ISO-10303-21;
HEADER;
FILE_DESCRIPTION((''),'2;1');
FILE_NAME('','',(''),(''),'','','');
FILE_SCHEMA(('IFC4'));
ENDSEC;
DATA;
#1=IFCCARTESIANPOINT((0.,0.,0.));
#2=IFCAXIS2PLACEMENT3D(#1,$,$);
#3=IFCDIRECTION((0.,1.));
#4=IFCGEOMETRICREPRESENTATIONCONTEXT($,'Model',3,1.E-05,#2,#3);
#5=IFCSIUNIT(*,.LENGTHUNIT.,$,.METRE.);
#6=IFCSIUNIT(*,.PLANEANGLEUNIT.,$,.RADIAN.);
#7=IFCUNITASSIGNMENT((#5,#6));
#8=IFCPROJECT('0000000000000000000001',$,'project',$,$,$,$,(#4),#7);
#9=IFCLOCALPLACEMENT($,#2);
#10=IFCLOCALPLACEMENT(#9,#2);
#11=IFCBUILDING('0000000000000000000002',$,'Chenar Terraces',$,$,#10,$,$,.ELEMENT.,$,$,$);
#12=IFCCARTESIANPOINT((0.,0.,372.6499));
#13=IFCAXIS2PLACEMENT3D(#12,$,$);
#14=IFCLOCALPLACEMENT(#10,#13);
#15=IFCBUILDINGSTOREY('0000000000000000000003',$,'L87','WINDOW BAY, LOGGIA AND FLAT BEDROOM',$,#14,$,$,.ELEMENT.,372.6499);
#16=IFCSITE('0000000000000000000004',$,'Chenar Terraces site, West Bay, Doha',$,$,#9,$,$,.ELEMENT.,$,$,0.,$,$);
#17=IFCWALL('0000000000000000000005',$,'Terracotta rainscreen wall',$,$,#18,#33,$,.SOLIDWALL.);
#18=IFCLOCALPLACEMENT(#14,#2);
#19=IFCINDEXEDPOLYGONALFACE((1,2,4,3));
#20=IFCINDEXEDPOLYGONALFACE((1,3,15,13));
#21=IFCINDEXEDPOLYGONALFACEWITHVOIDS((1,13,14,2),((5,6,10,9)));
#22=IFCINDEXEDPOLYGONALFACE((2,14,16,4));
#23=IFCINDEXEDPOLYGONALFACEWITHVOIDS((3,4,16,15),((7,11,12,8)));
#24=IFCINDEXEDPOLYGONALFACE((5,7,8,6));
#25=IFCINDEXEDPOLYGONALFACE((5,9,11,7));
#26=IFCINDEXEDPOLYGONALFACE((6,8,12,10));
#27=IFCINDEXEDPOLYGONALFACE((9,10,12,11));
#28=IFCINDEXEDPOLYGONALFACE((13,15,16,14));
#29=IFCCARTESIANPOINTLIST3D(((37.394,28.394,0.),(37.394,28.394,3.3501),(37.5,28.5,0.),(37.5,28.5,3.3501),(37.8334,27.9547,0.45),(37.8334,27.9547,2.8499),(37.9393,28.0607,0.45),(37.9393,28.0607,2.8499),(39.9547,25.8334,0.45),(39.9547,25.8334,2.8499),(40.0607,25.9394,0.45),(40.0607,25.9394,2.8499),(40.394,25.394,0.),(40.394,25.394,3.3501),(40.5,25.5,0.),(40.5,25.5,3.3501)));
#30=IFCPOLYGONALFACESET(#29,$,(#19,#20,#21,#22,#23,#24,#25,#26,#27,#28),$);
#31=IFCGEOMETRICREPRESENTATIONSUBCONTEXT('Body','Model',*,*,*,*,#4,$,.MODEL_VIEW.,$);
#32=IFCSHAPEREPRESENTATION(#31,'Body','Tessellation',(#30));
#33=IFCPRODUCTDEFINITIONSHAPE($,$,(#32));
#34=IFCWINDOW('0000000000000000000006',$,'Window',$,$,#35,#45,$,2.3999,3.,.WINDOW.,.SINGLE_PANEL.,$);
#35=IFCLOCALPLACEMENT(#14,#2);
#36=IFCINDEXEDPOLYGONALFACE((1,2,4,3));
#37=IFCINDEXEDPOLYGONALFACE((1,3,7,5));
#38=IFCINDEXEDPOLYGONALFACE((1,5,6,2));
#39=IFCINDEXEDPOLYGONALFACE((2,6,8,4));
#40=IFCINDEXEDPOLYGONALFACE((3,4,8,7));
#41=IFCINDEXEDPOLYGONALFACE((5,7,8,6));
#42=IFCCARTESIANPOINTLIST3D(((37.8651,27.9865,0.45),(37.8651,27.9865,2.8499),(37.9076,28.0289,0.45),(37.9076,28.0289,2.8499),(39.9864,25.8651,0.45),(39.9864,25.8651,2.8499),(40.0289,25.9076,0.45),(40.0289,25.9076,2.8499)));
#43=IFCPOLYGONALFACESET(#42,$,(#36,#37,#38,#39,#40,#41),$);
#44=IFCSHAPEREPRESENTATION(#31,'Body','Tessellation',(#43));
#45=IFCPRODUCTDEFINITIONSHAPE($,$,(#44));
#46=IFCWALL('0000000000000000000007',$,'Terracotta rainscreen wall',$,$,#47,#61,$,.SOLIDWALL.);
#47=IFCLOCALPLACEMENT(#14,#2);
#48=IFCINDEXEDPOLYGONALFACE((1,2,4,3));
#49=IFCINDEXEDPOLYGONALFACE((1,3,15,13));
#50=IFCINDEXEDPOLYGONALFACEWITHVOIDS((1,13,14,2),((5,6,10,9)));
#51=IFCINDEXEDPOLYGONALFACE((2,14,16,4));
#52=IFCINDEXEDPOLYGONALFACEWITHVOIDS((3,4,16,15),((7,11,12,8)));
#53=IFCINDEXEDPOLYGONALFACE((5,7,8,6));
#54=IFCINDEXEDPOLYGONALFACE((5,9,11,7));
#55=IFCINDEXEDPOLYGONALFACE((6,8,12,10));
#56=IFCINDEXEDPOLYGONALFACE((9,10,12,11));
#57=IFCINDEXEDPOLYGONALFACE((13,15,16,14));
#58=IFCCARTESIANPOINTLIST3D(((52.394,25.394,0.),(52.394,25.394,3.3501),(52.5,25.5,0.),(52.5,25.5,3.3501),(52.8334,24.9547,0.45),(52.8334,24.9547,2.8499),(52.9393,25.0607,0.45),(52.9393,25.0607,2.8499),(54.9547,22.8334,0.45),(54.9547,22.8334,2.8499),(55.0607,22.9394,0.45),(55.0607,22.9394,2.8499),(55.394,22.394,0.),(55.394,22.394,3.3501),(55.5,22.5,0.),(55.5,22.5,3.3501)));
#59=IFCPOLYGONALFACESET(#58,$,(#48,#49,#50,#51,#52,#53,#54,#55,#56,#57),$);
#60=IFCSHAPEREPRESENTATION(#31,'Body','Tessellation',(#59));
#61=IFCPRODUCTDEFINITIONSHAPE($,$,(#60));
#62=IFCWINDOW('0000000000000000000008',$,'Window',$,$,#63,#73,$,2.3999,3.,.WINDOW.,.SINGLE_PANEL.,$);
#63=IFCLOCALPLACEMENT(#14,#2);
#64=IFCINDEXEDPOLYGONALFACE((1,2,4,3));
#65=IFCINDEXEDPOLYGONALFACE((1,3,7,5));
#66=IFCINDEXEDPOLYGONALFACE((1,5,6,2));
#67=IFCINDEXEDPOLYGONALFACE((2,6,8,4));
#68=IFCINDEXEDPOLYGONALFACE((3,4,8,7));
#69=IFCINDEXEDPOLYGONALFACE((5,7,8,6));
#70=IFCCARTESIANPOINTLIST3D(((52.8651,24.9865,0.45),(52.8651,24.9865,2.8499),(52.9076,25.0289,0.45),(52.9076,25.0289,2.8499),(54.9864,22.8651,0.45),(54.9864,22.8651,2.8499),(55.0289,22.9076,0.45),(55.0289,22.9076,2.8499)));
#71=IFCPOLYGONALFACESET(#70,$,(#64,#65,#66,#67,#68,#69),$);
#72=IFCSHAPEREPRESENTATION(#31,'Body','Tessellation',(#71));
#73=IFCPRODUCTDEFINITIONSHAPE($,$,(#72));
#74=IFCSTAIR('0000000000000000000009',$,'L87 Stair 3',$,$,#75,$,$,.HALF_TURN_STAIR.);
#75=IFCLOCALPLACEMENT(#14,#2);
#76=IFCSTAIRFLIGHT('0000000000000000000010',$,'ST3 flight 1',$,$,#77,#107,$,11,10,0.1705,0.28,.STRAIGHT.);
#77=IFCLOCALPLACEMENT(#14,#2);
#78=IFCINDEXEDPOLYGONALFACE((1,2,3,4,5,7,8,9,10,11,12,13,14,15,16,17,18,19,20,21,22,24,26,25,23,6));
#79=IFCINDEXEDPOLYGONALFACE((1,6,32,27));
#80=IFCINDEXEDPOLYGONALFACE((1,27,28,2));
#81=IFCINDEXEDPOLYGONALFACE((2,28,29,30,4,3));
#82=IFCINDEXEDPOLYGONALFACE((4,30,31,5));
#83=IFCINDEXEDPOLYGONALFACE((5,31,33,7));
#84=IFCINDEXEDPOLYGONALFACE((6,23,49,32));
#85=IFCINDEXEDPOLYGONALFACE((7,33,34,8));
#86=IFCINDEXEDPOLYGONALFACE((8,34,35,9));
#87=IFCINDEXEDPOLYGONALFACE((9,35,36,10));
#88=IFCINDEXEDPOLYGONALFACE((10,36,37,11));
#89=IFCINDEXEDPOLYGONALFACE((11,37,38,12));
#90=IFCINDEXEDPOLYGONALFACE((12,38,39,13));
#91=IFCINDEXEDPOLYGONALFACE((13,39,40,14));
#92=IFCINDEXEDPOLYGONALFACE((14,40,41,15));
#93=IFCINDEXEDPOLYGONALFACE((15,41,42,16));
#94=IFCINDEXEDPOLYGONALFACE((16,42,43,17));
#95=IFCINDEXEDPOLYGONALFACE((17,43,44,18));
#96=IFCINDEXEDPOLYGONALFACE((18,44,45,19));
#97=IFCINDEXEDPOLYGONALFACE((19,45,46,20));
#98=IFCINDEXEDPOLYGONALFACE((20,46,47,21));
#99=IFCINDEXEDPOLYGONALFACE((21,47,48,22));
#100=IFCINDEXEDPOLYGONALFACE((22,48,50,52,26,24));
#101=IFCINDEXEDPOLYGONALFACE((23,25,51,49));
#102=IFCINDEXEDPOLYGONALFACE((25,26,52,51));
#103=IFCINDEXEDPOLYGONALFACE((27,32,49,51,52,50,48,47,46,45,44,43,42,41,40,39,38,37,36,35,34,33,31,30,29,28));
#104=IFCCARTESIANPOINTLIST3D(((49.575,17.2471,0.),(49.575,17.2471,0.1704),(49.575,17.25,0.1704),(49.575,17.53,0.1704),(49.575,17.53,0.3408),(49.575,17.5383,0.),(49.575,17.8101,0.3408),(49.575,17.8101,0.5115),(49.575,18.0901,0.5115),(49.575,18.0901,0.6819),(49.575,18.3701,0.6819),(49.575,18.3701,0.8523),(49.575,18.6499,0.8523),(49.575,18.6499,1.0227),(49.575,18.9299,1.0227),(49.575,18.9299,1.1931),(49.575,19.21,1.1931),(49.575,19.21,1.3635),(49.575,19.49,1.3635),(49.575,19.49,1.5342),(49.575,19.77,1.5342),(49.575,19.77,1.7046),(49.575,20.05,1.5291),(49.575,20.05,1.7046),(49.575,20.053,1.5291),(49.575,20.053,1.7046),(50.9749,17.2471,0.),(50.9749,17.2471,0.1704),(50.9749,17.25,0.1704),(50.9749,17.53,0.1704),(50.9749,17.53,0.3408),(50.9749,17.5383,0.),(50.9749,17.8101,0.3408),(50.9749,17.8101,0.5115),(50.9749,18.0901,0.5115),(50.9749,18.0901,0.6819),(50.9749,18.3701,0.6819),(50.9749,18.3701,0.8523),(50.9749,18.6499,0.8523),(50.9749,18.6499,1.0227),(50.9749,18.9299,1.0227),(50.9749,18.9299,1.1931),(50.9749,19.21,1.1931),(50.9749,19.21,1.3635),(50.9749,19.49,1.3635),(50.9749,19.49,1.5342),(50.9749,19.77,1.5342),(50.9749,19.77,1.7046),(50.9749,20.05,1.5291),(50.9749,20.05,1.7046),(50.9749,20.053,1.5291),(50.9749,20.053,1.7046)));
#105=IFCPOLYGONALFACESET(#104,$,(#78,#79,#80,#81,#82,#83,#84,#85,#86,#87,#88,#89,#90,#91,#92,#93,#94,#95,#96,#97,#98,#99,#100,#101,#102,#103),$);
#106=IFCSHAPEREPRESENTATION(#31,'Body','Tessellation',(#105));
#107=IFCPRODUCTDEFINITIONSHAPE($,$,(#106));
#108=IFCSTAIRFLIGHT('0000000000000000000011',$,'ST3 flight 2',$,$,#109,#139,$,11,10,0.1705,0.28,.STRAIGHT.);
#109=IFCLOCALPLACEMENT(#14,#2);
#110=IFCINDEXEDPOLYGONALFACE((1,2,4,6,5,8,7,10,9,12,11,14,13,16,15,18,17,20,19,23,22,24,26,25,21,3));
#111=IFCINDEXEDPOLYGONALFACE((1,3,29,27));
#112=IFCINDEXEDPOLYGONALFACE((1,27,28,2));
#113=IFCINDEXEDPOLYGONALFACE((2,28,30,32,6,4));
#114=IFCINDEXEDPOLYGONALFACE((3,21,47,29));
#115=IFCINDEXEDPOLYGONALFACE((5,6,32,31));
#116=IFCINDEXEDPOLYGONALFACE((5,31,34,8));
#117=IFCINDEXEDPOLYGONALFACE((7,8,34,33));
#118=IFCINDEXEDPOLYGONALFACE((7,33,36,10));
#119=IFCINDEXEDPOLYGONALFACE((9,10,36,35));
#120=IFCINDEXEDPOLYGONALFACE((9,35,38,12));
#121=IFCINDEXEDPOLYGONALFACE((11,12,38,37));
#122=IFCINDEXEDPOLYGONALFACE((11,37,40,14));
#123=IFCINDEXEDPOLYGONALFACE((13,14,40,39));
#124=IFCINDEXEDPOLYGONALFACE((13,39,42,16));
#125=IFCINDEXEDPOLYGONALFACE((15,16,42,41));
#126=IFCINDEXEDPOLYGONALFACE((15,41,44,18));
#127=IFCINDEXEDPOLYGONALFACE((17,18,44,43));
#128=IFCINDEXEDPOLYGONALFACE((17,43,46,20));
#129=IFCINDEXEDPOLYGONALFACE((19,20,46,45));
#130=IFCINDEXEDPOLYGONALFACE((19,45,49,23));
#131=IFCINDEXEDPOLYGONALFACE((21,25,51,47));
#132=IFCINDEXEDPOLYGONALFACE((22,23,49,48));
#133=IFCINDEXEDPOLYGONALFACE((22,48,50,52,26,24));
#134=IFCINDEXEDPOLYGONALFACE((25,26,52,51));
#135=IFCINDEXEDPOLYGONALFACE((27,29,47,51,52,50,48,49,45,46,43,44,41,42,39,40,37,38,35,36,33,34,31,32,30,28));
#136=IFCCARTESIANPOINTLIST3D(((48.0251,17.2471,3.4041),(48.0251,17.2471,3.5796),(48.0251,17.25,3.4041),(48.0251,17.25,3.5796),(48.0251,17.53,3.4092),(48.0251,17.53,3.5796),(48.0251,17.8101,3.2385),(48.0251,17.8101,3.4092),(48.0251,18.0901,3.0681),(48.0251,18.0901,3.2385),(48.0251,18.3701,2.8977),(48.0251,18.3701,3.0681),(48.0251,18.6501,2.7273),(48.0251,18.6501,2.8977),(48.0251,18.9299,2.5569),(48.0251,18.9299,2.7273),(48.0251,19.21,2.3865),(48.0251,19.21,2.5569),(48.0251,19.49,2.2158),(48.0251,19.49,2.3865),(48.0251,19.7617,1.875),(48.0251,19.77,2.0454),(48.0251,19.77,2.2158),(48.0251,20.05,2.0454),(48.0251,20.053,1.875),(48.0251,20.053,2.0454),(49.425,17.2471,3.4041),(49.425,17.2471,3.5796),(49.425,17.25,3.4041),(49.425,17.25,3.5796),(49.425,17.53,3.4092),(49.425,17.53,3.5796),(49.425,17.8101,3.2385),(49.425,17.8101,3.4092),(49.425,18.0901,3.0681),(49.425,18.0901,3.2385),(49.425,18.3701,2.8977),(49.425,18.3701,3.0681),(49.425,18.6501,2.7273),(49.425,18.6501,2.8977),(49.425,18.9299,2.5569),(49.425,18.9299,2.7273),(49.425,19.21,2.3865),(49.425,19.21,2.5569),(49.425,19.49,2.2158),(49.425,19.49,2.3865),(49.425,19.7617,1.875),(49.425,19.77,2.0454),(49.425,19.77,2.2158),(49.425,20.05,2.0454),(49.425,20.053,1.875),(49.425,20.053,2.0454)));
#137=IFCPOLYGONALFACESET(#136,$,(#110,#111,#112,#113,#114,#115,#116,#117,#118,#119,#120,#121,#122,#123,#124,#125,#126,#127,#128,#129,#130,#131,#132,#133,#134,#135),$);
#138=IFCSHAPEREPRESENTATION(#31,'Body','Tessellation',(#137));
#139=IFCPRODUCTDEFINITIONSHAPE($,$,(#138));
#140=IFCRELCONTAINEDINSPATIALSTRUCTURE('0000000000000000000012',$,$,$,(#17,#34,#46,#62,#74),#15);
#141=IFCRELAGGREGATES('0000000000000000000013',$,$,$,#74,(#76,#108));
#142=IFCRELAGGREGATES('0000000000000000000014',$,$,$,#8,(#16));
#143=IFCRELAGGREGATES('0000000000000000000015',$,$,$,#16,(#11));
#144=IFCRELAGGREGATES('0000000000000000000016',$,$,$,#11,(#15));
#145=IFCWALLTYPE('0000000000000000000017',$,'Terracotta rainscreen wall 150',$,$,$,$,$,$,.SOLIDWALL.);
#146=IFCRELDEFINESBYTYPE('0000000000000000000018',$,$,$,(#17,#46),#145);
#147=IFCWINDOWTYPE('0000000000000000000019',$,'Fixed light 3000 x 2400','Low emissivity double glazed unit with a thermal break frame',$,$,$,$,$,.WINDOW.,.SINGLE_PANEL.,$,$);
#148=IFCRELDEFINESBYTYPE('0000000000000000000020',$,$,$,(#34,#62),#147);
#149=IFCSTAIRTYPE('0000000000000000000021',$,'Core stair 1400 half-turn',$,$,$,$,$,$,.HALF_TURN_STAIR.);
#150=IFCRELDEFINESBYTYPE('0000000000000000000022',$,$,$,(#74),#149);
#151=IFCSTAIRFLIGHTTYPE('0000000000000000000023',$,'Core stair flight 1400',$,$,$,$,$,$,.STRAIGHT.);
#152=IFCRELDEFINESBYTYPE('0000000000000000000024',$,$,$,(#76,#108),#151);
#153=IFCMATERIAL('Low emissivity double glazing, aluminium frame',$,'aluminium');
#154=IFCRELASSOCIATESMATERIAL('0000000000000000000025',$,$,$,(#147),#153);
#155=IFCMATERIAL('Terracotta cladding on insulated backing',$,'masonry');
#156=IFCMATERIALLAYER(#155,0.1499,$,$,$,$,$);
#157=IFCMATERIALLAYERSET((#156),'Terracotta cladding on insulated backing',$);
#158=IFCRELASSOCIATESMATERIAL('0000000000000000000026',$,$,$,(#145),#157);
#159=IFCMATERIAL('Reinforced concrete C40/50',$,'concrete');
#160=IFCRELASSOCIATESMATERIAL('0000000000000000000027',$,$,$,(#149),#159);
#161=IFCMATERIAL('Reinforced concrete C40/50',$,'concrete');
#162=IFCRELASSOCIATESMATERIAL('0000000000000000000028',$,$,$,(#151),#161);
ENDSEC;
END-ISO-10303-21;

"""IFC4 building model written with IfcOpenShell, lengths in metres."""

from ifc_helpers import new_model, si_unit, direction, frame, frame_2d, origin, place, context, subcontext, project, spatial, polyline, rectangle, outline, extrude, material, layer, layer_set, type_object, element, fill, aggregate, save


model = new_model("IFC4")

# Units and contexts
model_context = context("Model", 3, precision=1e-05, world=origin(), true_north=direction((0.0, 1.0)))
body_context = subcontext(model_context, "Body", "Model", "MODEL_VIEW")
ifc_project = project(units=[si_unit("LENGTHUNIT", "METRE"), si_unit("PLANEANGLEUNIT", "RADIAN")], contexts=[model_context])

# Site, building, storey
site_placement = place(None, origin())
site = spatial("IfcSite", under=ifc_project, at=site_placement, Name="Chenar Terraces site, West Bay, Doha", CompositionType="ELEMENT", RefElevation=0.0)
building_placement = place(site_placement, origin())
building = spatial("IfcBuilding", under=site, at=building_placement, Name="Chenar Terraces", CompositionType="ELEMENT")
storey_placement = place(building_placement, frame((0.0, 0.0, 372.6499)))
storey = spatial("IfcBuildingStorey", under=building, at=storey_placement, Name="L87", Description="WINDOW BAY, LOGGIA AND FLAT BEDROOM", CompositionType="ELEMENT", Elevation=372.6499)

# Shared definitions
placement = place(storey_placement, origin())

# Shared definitions
ifc_material_1 = material(Name="Low emissivity double glazing, aluminium frame", Category="aluminium")
window_type_1 = type_object("IfcWindowType", Name="Fixed light 3000 x 2400", Description="Low emissivity double glazed unit with a thermal break frame", PartitioningType="SINGLE_PANEL", PredefinedType="WINDOW", material=ifc_material_1)

# Walls, openings, windows
ifc_material_2 = material(Name="Terracotta cladding on insulated backing", Category="masonry")
ifc_layer_1 = layer(ifc_material_2, 0.1499)
ifc_layer_set_1 = layer_set([ifc_layer_1], Name="Terracotta cladding on insulated backing")
wall_type_1 = type_object("IfcWallType", Name="Terracotta rainscreen wall 150", PredefinedType="SOLIDWALL", material=ifc_layer_set_1)
wall_1_placement = place(storey_placement, frame((40.447, 25.447, 0.0), z_axis=(0.0, 0.0, 1.0), x_axis=(-0.707107, 0.707107, 0.0)))
wall_1 = element("IfcWall", 1, at=wall_1_placement, inside=storey, type_object=wall_type_1, Name="Terracotta rainscreen wall", PredefinedType="SOLIDWALL", context=body_context, shape_type="SweptSolid", body=[
    extrude(rectangle(XDim=4.2427, YDim=0.1499, at=frame_2d((2.1213, 0.0))), origin(), (0.0, 0.0, 1.0), 3.3501),
])
opening_1_placement = place(wall_1_placement, frame((0.6213, 0.0, 0.45)))
opening_1 = element("IfcOpeningElement", 2, at=opening_1_placement, cuts=wall_1, PredefinedType="OPENING", context=body_context, shape_type="SweptSolid", body=[
    extrude(rectangle(XDim=3.0, YDim=2.3999, at=frame_2d((1.5, 1.2))), frame((0.0, 0.085, 0.0), z_axis=(0.0, -1.0, 0.0), x_axis=(1.0, 0.0, 0.0)), (0.0, 0.0, 1.0), 0.1699),
])
window_1_placement = place(opening_1_placement, origin())
window_1 = element("IfcWindow", 3, at=window_1_placement, inside=storey, type_object=window_type_1, Name="Window", OverallHeight=2.3999, OverallWidth=3.0, PartitioningType="SINGLE_PANEL", PredefinedType="WINDOW", context=body_context, shape_type="SweptSolid", body=[
    extrude(rectangle(XDim=3.0, YDim=2.3999, at=frame_2d((1.5, 1.2))), frame((0.0, 0.03, 0.0), z_axis=(0.0, -1.0, 0.0), x_axis=(1.0, 0.0, 0.0)), (0.0, 0.0, 1.0), 0.0601),
])
fill(opening_1, window_1)
wall_2_placement = place(storey_placement, frame((55.447, 22.447, 0.0), z_axis=(0.0, 0.0, 1.0), x_axis=(-0.707107, 0.707107, 0.0)))
wall_2 = element("IfcWall", 4, at=wall_2_placement, inside=storey, type_object=wall_type_1, Name="Terracotta rainscreen wall", PredefinedType="SOLIDWALL", context=body_context, shape_type="SweptSolid", body=[
    extrude(rectangle(XDim=4.2427, YDim=0.1499, at=frame_2d((2.1213, 0.0))), origin(), (0.0, 0.0, 1.0), 3.3501),
])
opening_2_placement = place(wall_2_placement, frame((0.6213, 0.0, 0.45)))
opening_2 = element("IfcOpeningElement", 5, at=opening_2_placement, cuts=wall_2, PredefinedType="OPENING", context=body_context, shape_type="SweptSolid", body=[
    extrude(rectangle(XDim=3.0, YDim=2.3999, at=frame_2d((1.5, 1.2))), frame((0.0, 0.085, 0.0), z_axis=(0.0, -1.0, 0.0), x_axis=(1.0, 0.0, 0.0)), (0.0, 0.0, 1.0), 0.1699),
])
window_2_placement = place(opening_2_placement, origin())
window_2 = element("IfcWindow", 6, at=window_2_placement, inside=storey, type_object=window_type_1, Name="Window", OverallHeight=2.3999, OverallWidth=3.0, PartitioningType="SINGLE_PANEL", PredefinedType="WINDOW", context=body_context, shape_type="SweptSolid", body=[
    extrude(rectangle(XDim=3.0, YDim=2.3999, at=frame_2d((1.5, 1.2))), frame((0.0, 0.03, 0.0), z_axis=(0.0, -1.0, 0.0), x_axis=(1.0, 0.0, 0.0)), (0.0, 0.0, 1.0), 0.0601),
])
fill(opening_2, window_2)

# Stair, stair flights
ifc_material_3 = material(Name="Reinforced concrete C40/50", Category="concrete")
stair_type = type_object("IfcStairType", Name="Core stair 1400 half-turn", PredefinedType="HALF_TURN_STAIR", material=ifc_material_3)
stair = element("IfcStair", 7, at=placement, inside=storey, type_object=stair_type, Name="L87 Stair 3", PredefinedType="HALF_TURN_STAIR")
ifc_material_4 = material(Name="Reinforced concrete C40/50", Category="concrete")
stair_flight_type = type_object("IfcStairFlightType", Name="Core stair flight 1400", PredefinedType="STRAIGHT", material=ifc_material_4)
stair_flight_1_placement = place(storey_placement, frame((50.2749, 17.25, 0.0), z_axis=(0.0, 0.0, 1.0), x_axis=(0.0, 1.0, 0.0)))
stair_flight_1 = element("IfcStairFlight", 8, at=stair_flight_1_placement, type_object=stair_flight_type, Name="ST3 flight 1", NumberOfRisers=11, NumberOfTreads=10, PredefinedType="STRAIGHT", RiserHeight=0.1705, TreadLength=0.28, context=body_context, shape_type="SweptSolid", body=[
    extrude(outline(polyline([(-0.0029, 0.0), (-0.0029, 0.1704), (0.0, 0.1704), (0.28, 0.1704), (0.28, 0.3408), (0.5601, 0.3408), (0.5601, 0.5115), (0.8401, 0.5115), (0.8401, 0.6819), (1.1201, 0.6819), (1.1201, 0.8523), (1.3999, 0.8523), (1.3999, 1.0227), (1.6799, 1.0227), (1.6799, 1.1931), (1.96, 1.1931), (1.96, 1.3635), (2.24, 1.3635), (2.24, 1.5342), (2.52, 1.5342), (2.52, 1.7046), (2.8, 1.7046), (2.803, 1.7046), (2.803, 1.5291), (2.8, 1.5291), (0.2883, 0.0), (-0.0029, 0.0)])), frame((0.0, 0.7, 0.0), z_axis=(0.0, -1.0, 0.0), x_axis=(1.0, 0.0, 0.0)), (0.0, 0.0, 1.0), 1.3999),
])
stair_flight_2_placement = place(storey_placement, frame((48.7251, 20.05, 1.875), z_axis=(0.0, 0.0, 1.0), x_axis=(0.0, -1.0, 0.0)))
stair_flight_2 = element("IfcStairFlight", 9, at=stair_flight_2_placement, type_object=stair_flight_type, Name="ST3 flight 2", NumberOfRisers=11, NumberOfTreads=10, PredefinedType="STRAIGHT", RiserHeight=0.1705, TreadLength=0.28, context=body_context, shape_type="SweptSolid", body=[
    extrude(outline(polyline([(-0.0029, 0.0), (-0.0029, 0.1704), (0.0, 0.1704), (0.28, 0.1704), (0.28, 0.3408), (0.5601, 0.3408), (0.5601, 0.5115), (0.8401, 0.5115), (0.8401, 0.6819), (1.1201, 0.6819), (1.1201, 0.8523), (1.3999, 0.8523), (1.3999, 1.0227), (1.6799, 1.0227), (1.6799, 1.1931), (1.96, 1.1931), (1.96, 1.3635), (2.24, 1.3635), (2.24, 1.5342), (2.52, 1.5342), (2.52, 1.7046), (2.8, 1.7046), (2.803, 1.7046), (2.803, 1.5291), (2.8, 1.5291), (0.2883, 0.0), (-0.0029, 0.0)])), frame((0.0, 0.7, 0.0), z_axis=(0.0, -1.0, 0.0), x_axis=(1.0, 0.0, 0.0)), (0.0, 0.0, 1.0), 1.3999),
])
aggregate(stair, [stair_flight_1, stair_flight_2])

save(model, "model.ifc")
